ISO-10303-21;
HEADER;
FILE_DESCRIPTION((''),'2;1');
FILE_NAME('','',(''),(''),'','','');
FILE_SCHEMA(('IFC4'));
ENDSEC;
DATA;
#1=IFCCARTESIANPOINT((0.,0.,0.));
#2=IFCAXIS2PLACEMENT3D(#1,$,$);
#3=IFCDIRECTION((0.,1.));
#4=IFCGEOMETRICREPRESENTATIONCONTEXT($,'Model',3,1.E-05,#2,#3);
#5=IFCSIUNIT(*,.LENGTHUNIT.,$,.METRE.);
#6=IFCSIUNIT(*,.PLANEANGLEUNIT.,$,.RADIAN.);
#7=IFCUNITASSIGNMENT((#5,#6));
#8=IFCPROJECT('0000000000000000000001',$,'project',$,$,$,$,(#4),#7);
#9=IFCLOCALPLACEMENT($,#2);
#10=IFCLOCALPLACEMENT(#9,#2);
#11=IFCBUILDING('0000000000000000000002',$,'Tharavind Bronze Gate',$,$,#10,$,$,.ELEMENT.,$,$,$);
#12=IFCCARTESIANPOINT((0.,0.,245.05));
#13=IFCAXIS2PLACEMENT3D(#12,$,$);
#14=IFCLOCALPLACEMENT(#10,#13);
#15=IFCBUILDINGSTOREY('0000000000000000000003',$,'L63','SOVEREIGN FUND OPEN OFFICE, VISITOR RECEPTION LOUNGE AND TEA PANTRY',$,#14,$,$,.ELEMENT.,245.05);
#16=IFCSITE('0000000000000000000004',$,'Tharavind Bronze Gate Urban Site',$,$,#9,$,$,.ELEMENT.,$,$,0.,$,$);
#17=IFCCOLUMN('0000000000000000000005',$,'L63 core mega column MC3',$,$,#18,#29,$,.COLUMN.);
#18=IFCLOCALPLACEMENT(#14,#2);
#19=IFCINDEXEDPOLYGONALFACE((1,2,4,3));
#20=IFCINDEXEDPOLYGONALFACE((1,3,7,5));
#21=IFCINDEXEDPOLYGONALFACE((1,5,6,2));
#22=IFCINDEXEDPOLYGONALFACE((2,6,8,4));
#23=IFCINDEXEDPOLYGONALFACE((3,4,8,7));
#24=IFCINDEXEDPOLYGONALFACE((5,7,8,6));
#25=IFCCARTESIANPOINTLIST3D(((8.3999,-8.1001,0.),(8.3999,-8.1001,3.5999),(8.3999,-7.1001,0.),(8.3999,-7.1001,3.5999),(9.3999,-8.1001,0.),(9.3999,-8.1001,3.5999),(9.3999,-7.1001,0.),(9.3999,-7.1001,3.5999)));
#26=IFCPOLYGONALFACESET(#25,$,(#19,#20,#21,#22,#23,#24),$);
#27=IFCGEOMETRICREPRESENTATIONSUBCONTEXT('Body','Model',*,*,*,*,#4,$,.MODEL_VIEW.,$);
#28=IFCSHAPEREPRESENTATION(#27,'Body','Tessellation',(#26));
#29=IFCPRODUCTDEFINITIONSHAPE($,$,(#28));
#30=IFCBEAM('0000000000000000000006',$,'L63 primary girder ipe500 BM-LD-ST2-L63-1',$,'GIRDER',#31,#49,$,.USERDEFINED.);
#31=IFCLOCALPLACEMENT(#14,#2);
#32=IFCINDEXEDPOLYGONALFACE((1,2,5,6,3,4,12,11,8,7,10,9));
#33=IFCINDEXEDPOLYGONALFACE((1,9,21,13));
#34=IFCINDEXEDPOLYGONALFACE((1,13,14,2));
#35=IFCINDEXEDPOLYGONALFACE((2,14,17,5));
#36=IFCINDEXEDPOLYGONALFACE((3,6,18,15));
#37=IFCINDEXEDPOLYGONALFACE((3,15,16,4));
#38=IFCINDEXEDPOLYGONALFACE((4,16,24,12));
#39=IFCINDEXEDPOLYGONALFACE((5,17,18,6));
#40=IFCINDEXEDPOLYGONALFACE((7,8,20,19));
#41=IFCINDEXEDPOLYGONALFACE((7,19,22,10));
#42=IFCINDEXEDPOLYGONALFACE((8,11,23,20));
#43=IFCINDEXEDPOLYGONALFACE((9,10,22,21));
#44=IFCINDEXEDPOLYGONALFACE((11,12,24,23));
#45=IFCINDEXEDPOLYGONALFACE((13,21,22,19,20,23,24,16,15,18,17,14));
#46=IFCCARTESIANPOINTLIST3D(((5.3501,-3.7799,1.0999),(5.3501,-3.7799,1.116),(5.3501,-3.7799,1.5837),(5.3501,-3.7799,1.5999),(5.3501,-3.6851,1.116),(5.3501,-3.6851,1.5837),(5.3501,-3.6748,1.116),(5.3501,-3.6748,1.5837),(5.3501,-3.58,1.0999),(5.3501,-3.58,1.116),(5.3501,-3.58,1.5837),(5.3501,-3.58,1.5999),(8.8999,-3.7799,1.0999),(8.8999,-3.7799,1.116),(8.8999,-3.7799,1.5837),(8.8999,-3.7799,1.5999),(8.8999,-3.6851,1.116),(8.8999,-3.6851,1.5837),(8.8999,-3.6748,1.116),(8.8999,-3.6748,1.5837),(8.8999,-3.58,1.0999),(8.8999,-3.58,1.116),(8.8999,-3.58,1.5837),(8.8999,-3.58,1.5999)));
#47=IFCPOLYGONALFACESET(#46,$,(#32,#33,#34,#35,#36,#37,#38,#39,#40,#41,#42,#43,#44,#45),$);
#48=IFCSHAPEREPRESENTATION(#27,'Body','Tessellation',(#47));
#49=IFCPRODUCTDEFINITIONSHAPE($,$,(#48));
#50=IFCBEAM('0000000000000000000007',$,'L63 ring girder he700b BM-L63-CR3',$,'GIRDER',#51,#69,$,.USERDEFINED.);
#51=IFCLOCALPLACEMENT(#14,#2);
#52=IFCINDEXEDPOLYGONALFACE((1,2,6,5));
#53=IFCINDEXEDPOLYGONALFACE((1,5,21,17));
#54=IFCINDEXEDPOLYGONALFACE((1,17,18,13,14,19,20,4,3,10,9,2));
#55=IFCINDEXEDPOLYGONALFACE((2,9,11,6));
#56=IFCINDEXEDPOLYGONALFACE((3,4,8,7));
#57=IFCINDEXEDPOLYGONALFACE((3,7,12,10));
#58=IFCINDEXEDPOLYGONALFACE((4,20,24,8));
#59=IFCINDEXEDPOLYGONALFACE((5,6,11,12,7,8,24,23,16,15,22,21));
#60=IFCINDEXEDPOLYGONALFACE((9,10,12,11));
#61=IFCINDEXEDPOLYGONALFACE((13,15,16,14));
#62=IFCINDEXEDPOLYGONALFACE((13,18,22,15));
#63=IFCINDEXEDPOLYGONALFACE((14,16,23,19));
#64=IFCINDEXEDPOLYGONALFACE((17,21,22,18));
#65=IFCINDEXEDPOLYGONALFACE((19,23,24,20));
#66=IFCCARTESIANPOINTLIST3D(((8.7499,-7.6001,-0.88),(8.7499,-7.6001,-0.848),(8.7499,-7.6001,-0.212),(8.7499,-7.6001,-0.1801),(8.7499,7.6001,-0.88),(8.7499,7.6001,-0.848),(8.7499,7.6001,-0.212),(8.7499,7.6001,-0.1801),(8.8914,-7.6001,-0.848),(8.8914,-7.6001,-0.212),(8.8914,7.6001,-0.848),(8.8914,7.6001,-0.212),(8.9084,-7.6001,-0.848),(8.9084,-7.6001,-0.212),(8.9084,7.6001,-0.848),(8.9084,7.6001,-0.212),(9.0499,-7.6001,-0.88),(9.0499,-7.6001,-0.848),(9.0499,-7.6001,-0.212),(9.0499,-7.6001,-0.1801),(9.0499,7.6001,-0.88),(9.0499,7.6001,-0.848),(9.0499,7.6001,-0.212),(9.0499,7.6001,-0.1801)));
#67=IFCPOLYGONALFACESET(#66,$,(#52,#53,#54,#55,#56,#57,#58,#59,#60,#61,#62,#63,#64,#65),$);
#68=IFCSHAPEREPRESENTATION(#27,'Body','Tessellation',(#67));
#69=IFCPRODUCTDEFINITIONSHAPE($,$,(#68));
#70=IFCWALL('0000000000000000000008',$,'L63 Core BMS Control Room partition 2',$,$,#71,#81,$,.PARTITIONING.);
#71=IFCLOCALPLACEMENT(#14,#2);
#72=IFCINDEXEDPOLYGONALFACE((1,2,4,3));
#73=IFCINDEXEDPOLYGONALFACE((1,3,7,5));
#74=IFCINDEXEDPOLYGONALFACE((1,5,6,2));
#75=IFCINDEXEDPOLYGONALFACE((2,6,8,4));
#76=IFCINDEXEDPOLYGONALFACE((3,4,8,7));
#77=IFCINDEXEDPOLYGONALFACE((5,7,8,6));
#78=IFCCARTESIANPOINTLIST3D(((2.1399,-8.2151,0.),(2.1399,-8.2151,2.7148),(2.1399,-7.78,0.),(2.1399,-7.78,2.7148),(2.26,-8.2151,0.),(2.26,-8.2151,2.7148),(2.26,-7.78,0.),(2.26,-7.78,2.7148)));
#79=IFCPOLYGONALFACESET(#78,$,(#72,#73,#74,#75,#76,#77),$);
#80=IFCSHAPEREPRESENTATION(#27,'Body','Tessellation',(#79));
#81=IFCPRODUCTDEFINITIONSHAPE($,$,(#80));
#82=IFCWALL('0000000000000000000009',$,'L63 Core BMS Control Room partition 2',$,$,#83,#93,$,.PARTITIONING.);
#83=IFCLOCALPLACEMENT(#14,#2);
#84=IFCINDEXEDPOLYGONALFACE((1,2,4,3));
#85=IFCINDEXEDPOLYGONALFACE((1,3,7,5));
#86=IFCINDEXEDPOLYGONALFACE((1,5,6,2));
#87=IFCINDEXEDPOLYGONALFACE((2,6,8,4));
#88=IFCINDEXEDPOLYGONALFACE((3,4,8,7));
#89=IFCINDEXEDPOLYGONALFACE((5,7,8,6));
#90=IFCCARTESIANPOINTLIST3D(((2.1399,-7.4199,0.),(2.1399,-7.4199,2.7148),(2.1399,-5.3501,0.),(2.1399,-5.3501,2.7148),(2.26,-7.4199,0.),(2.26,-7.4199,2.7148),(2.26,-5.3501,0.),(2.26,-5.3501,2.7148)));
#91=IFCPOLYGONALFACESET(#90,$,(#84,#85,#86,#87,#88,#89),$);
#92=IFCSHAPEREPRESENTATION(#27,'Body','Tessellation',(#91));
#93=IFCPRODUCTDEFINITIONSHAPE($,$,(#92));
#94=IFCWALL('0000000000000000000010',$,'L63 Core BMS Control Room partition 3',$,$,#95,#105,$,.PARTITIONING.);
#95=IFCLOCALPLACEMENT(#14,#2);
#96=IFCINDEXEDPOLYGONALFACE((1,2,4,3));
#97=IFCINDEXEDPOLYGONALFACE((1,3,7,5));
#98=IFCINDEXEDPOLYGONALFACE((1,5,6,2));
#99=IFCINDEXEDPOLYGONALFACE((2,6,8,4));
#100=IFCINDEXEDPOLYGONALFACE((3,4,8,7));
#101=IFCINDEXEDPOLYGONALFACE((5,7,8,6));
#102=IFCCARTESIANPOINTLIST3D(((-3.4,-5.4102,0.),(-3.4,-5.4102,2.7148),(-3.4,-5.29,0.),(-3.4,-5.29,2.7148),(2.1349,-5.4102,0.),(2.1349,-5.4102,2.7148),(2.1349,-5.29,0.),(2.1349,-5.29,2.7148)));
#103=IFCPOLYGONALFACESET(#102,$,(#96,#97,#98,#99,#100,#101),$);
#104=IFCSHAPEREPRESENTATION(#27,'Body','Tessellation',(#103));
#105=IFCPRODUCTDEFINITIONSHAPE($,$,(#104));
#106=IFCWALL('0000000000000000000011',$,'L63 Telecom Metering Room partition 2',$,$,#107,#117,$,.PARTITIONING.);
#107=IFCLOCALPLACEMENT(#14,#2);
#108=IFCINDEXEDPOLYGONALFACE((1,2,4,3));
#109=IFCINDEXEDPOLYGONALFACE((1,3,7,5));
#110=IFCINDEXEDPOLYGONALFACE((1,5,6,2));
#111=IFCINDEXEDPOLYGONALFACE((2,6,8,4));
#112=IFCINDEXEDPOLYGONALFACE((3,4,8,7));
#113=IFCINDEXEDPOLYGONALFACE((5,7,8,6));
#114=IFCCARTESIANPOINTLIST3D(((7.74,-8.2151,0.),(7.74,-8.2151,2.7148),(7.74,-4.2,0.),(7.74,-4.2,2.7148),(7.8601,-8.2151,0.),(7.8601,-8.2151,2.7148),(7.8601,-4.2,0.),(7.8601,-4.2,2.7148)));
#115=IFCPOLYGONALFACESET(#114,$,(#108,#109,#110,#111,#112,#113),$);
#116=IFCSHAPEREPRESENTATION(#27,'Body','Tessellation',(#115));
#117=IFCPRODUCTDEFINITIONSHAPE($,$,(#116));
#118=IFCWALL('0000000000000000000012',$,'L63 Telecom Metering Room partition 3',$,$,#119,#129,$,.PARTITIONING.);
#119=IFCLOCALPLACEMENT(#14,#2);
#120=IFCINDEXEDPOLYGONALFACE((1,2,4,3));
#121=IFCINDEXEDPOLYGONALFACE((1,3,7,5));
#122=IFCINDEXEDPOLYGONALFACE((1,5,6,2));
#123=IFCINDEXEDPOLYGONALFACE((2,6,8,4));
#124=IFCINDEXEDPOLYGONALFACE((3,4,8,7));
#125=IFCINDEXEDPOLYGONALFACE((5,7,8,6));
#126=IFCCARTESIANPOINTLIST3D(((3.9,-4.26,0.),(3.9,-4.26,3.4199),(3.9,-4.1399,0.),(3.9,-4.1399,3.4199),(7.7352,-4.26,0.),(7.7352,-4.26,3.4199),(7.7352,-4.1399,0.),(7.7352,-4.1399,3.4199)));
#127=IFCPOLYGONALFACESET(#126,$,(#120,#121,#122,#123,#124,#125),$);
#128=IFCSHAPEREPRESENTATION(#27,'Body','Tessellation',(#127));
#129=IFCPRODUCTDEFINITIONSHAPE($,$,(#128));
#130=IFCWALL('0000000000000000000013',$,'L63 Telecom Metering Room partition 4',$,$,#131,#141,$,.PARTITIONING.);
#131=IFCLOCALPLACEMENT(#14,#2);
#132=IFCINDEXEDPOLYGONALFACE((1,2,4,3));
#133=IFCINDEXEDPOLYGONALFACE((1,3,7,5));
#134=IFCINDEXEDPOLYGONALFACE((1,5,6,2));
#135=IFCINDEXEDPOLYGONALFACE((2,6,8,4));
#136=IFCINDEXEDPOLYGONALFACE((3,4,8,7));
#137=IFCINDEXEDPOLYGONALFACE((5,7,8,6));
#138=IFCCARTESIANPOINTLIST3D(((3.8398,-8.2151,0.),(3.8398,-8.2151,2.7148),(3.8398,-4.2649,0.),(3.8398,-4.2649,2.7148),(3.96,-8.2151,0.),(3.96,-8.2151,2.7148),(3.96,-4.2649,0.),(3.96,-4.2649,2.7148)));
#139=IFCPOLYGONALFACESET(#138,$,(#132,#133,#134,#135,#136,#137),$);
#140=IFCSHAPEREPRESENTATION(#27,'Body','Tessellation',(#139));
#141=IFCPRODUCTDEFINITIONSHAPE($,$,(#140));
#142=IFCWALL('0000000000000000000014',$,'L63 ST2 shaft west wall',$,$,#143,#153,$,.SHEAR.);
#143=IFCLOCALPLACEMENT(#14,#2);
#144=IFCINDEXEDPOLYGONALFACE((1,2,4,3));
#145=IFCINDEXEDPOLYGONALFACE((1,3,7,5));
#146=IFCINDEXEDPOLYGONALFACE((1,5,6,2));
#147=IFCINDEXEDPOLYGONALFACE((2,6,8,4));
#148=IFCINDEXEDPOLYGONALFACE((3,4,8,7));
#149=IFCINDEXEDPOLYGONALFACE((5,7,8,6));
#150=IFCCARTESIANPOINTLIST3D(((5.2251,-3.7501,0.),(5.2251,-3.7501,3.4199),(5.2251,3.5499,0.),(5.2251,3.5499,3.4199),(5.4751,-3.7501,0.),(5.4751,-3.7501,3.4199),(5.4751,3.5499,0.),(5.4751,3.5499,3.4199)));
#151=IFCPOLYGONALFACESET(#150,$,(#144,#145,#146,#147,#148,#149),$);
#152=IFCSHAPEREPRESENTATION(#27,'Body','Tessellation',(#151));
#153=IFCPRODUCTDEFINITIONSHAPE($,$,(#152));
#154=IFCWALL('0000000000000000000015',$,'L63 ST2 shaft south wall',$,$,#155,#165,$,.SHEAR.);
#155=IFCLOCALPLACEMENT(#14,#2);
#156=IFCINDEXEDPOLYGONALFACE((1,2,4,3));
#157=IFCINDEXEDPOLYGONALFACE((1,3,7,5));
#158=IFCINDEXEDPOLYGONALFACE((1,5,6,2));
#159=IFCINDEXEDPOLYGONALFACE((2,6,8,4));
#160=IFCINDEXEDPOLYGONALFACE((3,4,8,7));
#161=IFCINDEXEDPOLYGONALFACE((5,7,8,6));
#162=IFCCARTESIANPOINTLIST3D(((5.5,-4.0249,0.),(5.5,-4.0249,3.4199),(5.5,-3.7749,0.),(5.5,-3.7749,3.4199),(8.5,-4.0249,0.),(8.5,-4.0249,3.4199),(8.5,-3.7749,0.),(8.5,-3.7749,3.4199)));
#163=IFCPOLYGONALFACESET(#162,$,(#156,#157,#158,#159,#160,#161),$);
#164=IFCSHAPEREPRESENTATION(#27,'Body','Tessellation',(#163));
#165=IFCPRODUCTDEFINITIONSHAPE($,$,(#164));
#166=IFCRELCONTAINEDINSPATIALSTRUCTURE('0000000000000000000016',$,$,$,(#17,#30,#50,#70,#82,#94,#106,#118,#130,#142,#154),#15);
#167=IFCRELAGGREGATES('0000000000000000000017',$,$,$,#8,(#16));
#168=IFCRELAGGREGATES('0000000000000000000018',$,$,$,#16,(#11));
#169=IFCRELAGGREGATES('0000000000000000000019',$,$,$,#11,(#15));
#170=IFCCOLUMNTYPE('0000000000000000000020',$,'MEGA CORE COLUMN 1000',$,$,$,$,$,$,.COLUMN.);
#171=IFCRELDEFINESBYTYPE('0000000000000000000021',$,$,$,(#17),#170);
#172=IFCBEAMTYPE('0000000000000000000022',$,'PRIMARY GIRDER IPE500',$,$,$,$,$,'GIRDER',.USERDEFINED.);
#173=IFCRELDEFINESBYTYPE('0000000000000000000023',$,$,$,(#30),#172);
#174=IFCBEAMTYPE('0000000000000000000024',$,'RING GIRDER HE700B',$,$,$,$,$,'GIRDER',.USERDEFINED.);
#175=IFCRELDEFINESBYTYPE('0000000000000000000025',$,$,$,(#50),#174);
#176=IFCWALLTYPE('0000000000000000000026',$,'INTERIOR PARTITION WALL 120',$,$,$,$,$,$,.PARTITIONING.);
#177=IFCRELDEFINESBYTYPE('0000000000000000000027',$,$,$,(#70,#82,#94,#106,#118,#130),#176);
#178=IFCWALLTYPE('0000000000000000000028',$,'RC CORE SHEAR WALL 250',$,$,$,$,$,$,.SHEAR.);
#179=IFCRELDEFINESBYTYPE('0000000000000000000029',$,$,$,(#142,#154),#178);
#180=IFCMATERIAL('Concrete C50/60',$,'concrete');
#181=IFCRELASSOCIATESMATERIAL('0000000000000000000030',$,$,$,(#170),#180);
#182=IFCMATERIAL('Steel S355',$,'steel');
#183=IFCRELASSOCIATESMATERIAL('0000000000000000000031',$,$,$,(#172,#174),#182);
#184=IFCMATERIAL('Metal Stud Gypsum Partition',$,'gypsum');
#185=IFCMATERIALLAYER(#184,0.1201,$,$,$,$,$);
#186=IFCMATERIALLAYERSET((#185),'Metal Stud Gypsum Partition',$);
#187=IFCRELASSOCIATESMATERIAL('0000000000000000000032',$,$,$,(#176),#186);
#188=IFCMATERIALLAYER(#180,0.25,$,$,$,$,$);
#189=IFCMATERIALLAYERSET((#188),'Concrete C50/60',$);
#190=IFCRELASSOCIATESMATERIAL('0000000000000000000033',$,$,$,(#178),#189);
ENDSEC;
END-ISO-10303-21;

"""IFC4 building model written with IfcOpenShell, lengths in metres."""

from ifc_helpers import new_model, si_unit, direction, frame, frame_2d, origin, origin_2d, place, context, subcontext, project, spatial, rectangle, i_section, extrude, material, layer, layer_set, material_profile, profile_set, type_object, element, save


model = new_model("IFC4")

# Units and contexts
model_context = context("Model", 3, precision=1e-05, world=origin(), true_north=direction((0.0, 1.0)))
body_context = subcontext(model_context, "Body", "Model", "MODEL_VIEW")
ifc_project = project(units=[si_unit("LENGTHUNIT", "METRE"), si_unit("PLANEANGLEUNIT", "RADIAN")], contexts=[model_context])

# Site, building, storey
site_placement = place(None, origin())
site = spatial("IfcSite", under=ifc_project, at=site_placement, Name="Tharavind Bronze Gate Urban Site", CompositionType="ELEMENT", RefElevation=0.0)
building_placement = place(site_placement, origin())
building = spatial("IfcBuilding", under=site, at=building_placement, Name="Tharavind Bronze Gate", CompositionType="ELEMENT")
storey_placement = place(building_placement, frame((0.0, 0.0, 245.05)))
storey = spatial("IfcBuildingStorey", under=building, at=storey_placement, Name="L63", Description="SOVEREIGN FUND OPEN OFFICE, VISITOR RECEPTION LOUNGE AND TEA PANTRY", CompositionType="ELEMENT", Elevation=245.05)

# Column
ifc_material_1 = material(Name="Concrete C50/60", Category="concrete")
ifc_material_profile_1 = material_profile(ifc_material_1, rectangle(XDim=1.0, YDim=1.0, at=origin_2d()), Name="RCCOL1000")
ifc_profile_set_1 = profile_set([ifc_material_profile_1], Name="Concrete C50/60")
column_type = type_object("IfcColumnType", Name="MEGA CORE COLUMN 1000", PredefinedType="COLUMN", material=ifc_profile_set_1)
column_placement = place(storey_placement, frame((8.8999, -7.6001, 0.0), z_axis=(0.0, 0.0, 1.0), x_axis=(1.0, 0.0, 0.0)))
element("IfcColumn", 1, at=column_placement, inside=storey, type_object=column_type, Name="L63 core mega column MC3", PredefinedType="COLUMN", context=body_context, shape_type="SweptSolid", body=[
    extrude(rectangle(XDim=1.0, YDim=1.0, at=origin_2d()), origin(), (0.0, 0.0, 1.0), 3.5999),
])

# Beams
ifc_material_2 = material(Name="Steel S355", Category="steel")
ifc_material_profile_2 = material_profile(ifc_material_2, i_section(OverallWidth=0.2, OverallDepth=0.5, WebThickness=0.0103, FlangeThickness=0.0161, at=origin_2d()), Name="IPE500")
ifc_profile_set_2 = profile_set([ifc_material_profile_2], Name="Steel S355")
beam_type_1 = type_object("IfcBeamType", Name="PRIMARY GIRDER IPE500", ElementType="GIRDER", PredefinedType="USERDEFINED", material=ifc_profile_set_2)
beam_1_placement = place(storey_placement, frame((5.3501, -3.6799, 1.3499), z_axis=(1.0, 0.0, 0.0), x_axis=(0.0, 1.0, 0.0)))
element("IfcBeam", 2, at=beam_1_placement, inside=storey, type_object=beam_type_1, Name="L63 primary girder ipe500 BM-LD-ST2-L63-1", ObjectType="GIRDER", PredefinedType="USERDEFINED", context=body_context, shape_type="SweptSolid", body=[
    extrude(i_section(OverallWidth=0.2, OverallDepth=0.5, WebThickness=0.0103, FlangeThickness=0.0161, at=origin_2d()), origin(), (0.0, 0.0, 1.0), 3.5498),
])
ifc_material_profile_3 = material_profile(ifc_material_2, i_section(OverallWidth=0.3, OverallDepth=0.7, WebThickness=0.0171, FlangeThickness=0.032, at=origin_2d()), Name="HE700B")
ifc_profile_set_3 = profile_set([ifc_material_profile_3], Name="Steel S355")
beam_type_2 = type_object("IfcBeamType", Name="RING GIRDER HE700B", ElementType="GIRDER", PredefinedType="USERDEFINED", material=ifc_profile_set_3)
beam_2_placement = place(storey_placement, frame((8.8999, -7.6001, -0.53), z_axis=(0.0, 1.0, 0.0), x_axis=(-1.0, 0.0, 0.0)))
element("IfcBeam", 3, at=beam_2_placement, inside=storey, type_object=beam_type_2, Name="L63 ring girder he700b BM-L63-CR3", ObjectType="GIRDER", PredefinedType="USERDEFINED", context=body_context, shape_type="SweptSolid", body=[
    extrude(i_section(OverallWidth=0.3, OverallDepth=0.7, WebThickness=0.0171, FlangeThickness=0.032, at=origin_2d()), origin(), (0.0, 0.0, 1.0), 15.2002),
])

# Walls
ifc_material_3 = material(Name="Metal Stud Gypsum Partition", Category="gypsum")
ifc_layer_1 = layer(ifc_material_3, 0.1201)
ifc_layer_set_1 = layer_set([ifc_layer_1], Name="Metal Stud Gypsum Partition")
wall_type_1 = type_object("IfcWallType", Name="INTERIOR PARTITION WALL 120", PredefinedType="PARTITIONING", material=ifc_layer_set_1)
wall_1_placement = place(storey_placement, frame((2.2, -8.2151, 0.0), z_axis=(0.0, 0.0, 1.0), x_axis=(0.0, 1.0, 0.0)))
element("IfcWall", 4, at=wall_1_placement, inside=storey, type_object=wall_type_1, Name="L63 Core BMS Control Room partition 2", PredefinedType="PARTITIONING", context=body_context, shape_type="SweptSolid", body=[
    extrude(rectangle(XDim=0.4351, YDim=0.1201, at=frame_2d((0.2175, 0.0))), origin(), (0.0, 0.0, 1.0), 2.7148),
])
wall_2_placement = place(storey_placement, frame((2.2, -7.4199, 0.0), z_axis=(0.0, 0.0, 1.0), x_axis=(0.0, 1.0, 0.0)))
element("IfcWall", 5, at=wall_2_placement, inside=storey, type_object=wall_type_1, Name="L63 Core BMS Control Room partition 2", PredefinedType="PARTITIONING", context=body_context, shape_type="SweptSolid", body=[
    extrude(rectangle(XDim=2.0698, YDim=0.1201, at=frame_2d((1.0349, 0.0))), origin(), (0.0, 0.0, 1.0), 2.7148),
])
wall_3_placement = place(storey_placement, frame((2.135, -5.3501, 0.0), z_axis=(0.0, 0.0, 1.0), x_axis=(-1.0, 0.0, 0.0)))
element("IfcWall", 6, at=wall_3_placement, inside=storey, type_object=wall_type_1, Name="L63 Core BMS Control Room partition 3", PredefinedType="PARTITIONING", context=body_context, shape_type="SweptSolid", body=[
    extrude(rectangle(XDim=5.5349, YDim=0.1201, at=frame_2d((2.7676, 0.0))), origin(), (0.0, 0.0, 1.0), 2.7148),
])
wall_4_placement = place(storey_placement, frame((7.8, -8.2151, 0.0), z_axis=(0.0, 0.0, 1.0), x_axis=(0.0, 1.0, 0.0)))
element("IfcWall", 7, at=wall_4_placement, inside=storey, type_object=wall_type_1, Name="L63 Telecom Metering Room partition 2", PredefinedType="PARTITIONING", context=body_context, shape_type="SweptSolid", body=[
    extrude(rectangle(XDim=4.0151, YDim=0.1201, at=frame_2d((2.0076, 0.0))), origin(), (0.0, 0.0, 1.0), 2.7148),
])
wall_5_placement = place(storey_placement, frame((7.7351, -4.2, 0.0), z_axis=(0.0, 0.0, 1.0), x_axis=(-1.0, 0.0, 0.0)))
element("IfcWall", 8, at=wall_5_placement, inside=storey, type_object=wall_type_1, Name="L63 Telecom Metering Room partition 3", PredefinedType="PARTITIONING", context=body_context, shape_type="SweptSolid", body=[
    extrude(rectangle(XDim=3.8352, YDim=0.1201, at=frame_2d((1.9175, 0.0))), origin(), (0.0, 0.0, 1.0), 3.4199),
])
wall_6_placement = place(storey_placement, frame((3.8999, -4.2649, 0.0), z_axis=(0.0, 0.0, 1.0), x_axis=(0.0, -1.0, 0.0)))
element("IfcWall", 9, at=wall_6_placement, inside=storey, type_object=wall_type_1, Name="L63 Telecom Metering Room partition 4", PredefinedType="PARTITIONING", context=body_context, shape_type="SweptSolid", body=[
    extrude(rectangle(XDim=3.9502, YDim=0.1201, at=frame_2d((1.9751, 0.0))), origin(), (0.0, 0.0, 1.0), 2.7148),
])
ifc_layer_2 = layer(ifc_material_1, 0.25)
ifc_layer_set_2 = layer_set([ifc_layer_2], Name="Concrete C50/60")
wall_type_2 = type_object("IfcWallType", Name="RC CORE SHEAR WALL 250", PredefinedType="SHEAR", material=ifc_layer_set_2)
wall_7_placement = place(storey_placement, frame((5.3501, -3.75, 0.0), z_axis=(0.0, 0.0, 1.0), x_axis=(0.0, 1.0, 0.0)))
element("IfcWall", 10, at=wall_7_placement, inside=storey, type_object=wall_type_2, Name="L63 ST2 shaft west wall", PredefinedType="SHEAR", context=body_context, shape_type="SweptSolid", body=[
    extrude(rectangle(XDim=7.3, YDim=0.25, at=frame_2d((3.6499, 0.0))), origin(), (0.0, 0.0, 1.0), 3.4199),
])
wall_8_placement = place(storey_placement, frame((5.5, -3.8999, 0.0), z_axis=(0.0, 0.0, 1.0), x_axis=(1.0, 0.0, 0.0)))
element("IfcWall", 11, at=wall_8_placement, inside=storey, type_object=wall_type_2, Name="L63 ST2 shaft south wall", PredefinedType="SHEAR", context=body_context, shape_type="SweptSolid", body=[
    extrude(rectangle(XDim=3.0, YDim=0.25, at=frame_2d((1.5, 0.0))), origin(), (0.0, 0.0, 1.0), 3.4199),
])

save(model, "model.ifc")
